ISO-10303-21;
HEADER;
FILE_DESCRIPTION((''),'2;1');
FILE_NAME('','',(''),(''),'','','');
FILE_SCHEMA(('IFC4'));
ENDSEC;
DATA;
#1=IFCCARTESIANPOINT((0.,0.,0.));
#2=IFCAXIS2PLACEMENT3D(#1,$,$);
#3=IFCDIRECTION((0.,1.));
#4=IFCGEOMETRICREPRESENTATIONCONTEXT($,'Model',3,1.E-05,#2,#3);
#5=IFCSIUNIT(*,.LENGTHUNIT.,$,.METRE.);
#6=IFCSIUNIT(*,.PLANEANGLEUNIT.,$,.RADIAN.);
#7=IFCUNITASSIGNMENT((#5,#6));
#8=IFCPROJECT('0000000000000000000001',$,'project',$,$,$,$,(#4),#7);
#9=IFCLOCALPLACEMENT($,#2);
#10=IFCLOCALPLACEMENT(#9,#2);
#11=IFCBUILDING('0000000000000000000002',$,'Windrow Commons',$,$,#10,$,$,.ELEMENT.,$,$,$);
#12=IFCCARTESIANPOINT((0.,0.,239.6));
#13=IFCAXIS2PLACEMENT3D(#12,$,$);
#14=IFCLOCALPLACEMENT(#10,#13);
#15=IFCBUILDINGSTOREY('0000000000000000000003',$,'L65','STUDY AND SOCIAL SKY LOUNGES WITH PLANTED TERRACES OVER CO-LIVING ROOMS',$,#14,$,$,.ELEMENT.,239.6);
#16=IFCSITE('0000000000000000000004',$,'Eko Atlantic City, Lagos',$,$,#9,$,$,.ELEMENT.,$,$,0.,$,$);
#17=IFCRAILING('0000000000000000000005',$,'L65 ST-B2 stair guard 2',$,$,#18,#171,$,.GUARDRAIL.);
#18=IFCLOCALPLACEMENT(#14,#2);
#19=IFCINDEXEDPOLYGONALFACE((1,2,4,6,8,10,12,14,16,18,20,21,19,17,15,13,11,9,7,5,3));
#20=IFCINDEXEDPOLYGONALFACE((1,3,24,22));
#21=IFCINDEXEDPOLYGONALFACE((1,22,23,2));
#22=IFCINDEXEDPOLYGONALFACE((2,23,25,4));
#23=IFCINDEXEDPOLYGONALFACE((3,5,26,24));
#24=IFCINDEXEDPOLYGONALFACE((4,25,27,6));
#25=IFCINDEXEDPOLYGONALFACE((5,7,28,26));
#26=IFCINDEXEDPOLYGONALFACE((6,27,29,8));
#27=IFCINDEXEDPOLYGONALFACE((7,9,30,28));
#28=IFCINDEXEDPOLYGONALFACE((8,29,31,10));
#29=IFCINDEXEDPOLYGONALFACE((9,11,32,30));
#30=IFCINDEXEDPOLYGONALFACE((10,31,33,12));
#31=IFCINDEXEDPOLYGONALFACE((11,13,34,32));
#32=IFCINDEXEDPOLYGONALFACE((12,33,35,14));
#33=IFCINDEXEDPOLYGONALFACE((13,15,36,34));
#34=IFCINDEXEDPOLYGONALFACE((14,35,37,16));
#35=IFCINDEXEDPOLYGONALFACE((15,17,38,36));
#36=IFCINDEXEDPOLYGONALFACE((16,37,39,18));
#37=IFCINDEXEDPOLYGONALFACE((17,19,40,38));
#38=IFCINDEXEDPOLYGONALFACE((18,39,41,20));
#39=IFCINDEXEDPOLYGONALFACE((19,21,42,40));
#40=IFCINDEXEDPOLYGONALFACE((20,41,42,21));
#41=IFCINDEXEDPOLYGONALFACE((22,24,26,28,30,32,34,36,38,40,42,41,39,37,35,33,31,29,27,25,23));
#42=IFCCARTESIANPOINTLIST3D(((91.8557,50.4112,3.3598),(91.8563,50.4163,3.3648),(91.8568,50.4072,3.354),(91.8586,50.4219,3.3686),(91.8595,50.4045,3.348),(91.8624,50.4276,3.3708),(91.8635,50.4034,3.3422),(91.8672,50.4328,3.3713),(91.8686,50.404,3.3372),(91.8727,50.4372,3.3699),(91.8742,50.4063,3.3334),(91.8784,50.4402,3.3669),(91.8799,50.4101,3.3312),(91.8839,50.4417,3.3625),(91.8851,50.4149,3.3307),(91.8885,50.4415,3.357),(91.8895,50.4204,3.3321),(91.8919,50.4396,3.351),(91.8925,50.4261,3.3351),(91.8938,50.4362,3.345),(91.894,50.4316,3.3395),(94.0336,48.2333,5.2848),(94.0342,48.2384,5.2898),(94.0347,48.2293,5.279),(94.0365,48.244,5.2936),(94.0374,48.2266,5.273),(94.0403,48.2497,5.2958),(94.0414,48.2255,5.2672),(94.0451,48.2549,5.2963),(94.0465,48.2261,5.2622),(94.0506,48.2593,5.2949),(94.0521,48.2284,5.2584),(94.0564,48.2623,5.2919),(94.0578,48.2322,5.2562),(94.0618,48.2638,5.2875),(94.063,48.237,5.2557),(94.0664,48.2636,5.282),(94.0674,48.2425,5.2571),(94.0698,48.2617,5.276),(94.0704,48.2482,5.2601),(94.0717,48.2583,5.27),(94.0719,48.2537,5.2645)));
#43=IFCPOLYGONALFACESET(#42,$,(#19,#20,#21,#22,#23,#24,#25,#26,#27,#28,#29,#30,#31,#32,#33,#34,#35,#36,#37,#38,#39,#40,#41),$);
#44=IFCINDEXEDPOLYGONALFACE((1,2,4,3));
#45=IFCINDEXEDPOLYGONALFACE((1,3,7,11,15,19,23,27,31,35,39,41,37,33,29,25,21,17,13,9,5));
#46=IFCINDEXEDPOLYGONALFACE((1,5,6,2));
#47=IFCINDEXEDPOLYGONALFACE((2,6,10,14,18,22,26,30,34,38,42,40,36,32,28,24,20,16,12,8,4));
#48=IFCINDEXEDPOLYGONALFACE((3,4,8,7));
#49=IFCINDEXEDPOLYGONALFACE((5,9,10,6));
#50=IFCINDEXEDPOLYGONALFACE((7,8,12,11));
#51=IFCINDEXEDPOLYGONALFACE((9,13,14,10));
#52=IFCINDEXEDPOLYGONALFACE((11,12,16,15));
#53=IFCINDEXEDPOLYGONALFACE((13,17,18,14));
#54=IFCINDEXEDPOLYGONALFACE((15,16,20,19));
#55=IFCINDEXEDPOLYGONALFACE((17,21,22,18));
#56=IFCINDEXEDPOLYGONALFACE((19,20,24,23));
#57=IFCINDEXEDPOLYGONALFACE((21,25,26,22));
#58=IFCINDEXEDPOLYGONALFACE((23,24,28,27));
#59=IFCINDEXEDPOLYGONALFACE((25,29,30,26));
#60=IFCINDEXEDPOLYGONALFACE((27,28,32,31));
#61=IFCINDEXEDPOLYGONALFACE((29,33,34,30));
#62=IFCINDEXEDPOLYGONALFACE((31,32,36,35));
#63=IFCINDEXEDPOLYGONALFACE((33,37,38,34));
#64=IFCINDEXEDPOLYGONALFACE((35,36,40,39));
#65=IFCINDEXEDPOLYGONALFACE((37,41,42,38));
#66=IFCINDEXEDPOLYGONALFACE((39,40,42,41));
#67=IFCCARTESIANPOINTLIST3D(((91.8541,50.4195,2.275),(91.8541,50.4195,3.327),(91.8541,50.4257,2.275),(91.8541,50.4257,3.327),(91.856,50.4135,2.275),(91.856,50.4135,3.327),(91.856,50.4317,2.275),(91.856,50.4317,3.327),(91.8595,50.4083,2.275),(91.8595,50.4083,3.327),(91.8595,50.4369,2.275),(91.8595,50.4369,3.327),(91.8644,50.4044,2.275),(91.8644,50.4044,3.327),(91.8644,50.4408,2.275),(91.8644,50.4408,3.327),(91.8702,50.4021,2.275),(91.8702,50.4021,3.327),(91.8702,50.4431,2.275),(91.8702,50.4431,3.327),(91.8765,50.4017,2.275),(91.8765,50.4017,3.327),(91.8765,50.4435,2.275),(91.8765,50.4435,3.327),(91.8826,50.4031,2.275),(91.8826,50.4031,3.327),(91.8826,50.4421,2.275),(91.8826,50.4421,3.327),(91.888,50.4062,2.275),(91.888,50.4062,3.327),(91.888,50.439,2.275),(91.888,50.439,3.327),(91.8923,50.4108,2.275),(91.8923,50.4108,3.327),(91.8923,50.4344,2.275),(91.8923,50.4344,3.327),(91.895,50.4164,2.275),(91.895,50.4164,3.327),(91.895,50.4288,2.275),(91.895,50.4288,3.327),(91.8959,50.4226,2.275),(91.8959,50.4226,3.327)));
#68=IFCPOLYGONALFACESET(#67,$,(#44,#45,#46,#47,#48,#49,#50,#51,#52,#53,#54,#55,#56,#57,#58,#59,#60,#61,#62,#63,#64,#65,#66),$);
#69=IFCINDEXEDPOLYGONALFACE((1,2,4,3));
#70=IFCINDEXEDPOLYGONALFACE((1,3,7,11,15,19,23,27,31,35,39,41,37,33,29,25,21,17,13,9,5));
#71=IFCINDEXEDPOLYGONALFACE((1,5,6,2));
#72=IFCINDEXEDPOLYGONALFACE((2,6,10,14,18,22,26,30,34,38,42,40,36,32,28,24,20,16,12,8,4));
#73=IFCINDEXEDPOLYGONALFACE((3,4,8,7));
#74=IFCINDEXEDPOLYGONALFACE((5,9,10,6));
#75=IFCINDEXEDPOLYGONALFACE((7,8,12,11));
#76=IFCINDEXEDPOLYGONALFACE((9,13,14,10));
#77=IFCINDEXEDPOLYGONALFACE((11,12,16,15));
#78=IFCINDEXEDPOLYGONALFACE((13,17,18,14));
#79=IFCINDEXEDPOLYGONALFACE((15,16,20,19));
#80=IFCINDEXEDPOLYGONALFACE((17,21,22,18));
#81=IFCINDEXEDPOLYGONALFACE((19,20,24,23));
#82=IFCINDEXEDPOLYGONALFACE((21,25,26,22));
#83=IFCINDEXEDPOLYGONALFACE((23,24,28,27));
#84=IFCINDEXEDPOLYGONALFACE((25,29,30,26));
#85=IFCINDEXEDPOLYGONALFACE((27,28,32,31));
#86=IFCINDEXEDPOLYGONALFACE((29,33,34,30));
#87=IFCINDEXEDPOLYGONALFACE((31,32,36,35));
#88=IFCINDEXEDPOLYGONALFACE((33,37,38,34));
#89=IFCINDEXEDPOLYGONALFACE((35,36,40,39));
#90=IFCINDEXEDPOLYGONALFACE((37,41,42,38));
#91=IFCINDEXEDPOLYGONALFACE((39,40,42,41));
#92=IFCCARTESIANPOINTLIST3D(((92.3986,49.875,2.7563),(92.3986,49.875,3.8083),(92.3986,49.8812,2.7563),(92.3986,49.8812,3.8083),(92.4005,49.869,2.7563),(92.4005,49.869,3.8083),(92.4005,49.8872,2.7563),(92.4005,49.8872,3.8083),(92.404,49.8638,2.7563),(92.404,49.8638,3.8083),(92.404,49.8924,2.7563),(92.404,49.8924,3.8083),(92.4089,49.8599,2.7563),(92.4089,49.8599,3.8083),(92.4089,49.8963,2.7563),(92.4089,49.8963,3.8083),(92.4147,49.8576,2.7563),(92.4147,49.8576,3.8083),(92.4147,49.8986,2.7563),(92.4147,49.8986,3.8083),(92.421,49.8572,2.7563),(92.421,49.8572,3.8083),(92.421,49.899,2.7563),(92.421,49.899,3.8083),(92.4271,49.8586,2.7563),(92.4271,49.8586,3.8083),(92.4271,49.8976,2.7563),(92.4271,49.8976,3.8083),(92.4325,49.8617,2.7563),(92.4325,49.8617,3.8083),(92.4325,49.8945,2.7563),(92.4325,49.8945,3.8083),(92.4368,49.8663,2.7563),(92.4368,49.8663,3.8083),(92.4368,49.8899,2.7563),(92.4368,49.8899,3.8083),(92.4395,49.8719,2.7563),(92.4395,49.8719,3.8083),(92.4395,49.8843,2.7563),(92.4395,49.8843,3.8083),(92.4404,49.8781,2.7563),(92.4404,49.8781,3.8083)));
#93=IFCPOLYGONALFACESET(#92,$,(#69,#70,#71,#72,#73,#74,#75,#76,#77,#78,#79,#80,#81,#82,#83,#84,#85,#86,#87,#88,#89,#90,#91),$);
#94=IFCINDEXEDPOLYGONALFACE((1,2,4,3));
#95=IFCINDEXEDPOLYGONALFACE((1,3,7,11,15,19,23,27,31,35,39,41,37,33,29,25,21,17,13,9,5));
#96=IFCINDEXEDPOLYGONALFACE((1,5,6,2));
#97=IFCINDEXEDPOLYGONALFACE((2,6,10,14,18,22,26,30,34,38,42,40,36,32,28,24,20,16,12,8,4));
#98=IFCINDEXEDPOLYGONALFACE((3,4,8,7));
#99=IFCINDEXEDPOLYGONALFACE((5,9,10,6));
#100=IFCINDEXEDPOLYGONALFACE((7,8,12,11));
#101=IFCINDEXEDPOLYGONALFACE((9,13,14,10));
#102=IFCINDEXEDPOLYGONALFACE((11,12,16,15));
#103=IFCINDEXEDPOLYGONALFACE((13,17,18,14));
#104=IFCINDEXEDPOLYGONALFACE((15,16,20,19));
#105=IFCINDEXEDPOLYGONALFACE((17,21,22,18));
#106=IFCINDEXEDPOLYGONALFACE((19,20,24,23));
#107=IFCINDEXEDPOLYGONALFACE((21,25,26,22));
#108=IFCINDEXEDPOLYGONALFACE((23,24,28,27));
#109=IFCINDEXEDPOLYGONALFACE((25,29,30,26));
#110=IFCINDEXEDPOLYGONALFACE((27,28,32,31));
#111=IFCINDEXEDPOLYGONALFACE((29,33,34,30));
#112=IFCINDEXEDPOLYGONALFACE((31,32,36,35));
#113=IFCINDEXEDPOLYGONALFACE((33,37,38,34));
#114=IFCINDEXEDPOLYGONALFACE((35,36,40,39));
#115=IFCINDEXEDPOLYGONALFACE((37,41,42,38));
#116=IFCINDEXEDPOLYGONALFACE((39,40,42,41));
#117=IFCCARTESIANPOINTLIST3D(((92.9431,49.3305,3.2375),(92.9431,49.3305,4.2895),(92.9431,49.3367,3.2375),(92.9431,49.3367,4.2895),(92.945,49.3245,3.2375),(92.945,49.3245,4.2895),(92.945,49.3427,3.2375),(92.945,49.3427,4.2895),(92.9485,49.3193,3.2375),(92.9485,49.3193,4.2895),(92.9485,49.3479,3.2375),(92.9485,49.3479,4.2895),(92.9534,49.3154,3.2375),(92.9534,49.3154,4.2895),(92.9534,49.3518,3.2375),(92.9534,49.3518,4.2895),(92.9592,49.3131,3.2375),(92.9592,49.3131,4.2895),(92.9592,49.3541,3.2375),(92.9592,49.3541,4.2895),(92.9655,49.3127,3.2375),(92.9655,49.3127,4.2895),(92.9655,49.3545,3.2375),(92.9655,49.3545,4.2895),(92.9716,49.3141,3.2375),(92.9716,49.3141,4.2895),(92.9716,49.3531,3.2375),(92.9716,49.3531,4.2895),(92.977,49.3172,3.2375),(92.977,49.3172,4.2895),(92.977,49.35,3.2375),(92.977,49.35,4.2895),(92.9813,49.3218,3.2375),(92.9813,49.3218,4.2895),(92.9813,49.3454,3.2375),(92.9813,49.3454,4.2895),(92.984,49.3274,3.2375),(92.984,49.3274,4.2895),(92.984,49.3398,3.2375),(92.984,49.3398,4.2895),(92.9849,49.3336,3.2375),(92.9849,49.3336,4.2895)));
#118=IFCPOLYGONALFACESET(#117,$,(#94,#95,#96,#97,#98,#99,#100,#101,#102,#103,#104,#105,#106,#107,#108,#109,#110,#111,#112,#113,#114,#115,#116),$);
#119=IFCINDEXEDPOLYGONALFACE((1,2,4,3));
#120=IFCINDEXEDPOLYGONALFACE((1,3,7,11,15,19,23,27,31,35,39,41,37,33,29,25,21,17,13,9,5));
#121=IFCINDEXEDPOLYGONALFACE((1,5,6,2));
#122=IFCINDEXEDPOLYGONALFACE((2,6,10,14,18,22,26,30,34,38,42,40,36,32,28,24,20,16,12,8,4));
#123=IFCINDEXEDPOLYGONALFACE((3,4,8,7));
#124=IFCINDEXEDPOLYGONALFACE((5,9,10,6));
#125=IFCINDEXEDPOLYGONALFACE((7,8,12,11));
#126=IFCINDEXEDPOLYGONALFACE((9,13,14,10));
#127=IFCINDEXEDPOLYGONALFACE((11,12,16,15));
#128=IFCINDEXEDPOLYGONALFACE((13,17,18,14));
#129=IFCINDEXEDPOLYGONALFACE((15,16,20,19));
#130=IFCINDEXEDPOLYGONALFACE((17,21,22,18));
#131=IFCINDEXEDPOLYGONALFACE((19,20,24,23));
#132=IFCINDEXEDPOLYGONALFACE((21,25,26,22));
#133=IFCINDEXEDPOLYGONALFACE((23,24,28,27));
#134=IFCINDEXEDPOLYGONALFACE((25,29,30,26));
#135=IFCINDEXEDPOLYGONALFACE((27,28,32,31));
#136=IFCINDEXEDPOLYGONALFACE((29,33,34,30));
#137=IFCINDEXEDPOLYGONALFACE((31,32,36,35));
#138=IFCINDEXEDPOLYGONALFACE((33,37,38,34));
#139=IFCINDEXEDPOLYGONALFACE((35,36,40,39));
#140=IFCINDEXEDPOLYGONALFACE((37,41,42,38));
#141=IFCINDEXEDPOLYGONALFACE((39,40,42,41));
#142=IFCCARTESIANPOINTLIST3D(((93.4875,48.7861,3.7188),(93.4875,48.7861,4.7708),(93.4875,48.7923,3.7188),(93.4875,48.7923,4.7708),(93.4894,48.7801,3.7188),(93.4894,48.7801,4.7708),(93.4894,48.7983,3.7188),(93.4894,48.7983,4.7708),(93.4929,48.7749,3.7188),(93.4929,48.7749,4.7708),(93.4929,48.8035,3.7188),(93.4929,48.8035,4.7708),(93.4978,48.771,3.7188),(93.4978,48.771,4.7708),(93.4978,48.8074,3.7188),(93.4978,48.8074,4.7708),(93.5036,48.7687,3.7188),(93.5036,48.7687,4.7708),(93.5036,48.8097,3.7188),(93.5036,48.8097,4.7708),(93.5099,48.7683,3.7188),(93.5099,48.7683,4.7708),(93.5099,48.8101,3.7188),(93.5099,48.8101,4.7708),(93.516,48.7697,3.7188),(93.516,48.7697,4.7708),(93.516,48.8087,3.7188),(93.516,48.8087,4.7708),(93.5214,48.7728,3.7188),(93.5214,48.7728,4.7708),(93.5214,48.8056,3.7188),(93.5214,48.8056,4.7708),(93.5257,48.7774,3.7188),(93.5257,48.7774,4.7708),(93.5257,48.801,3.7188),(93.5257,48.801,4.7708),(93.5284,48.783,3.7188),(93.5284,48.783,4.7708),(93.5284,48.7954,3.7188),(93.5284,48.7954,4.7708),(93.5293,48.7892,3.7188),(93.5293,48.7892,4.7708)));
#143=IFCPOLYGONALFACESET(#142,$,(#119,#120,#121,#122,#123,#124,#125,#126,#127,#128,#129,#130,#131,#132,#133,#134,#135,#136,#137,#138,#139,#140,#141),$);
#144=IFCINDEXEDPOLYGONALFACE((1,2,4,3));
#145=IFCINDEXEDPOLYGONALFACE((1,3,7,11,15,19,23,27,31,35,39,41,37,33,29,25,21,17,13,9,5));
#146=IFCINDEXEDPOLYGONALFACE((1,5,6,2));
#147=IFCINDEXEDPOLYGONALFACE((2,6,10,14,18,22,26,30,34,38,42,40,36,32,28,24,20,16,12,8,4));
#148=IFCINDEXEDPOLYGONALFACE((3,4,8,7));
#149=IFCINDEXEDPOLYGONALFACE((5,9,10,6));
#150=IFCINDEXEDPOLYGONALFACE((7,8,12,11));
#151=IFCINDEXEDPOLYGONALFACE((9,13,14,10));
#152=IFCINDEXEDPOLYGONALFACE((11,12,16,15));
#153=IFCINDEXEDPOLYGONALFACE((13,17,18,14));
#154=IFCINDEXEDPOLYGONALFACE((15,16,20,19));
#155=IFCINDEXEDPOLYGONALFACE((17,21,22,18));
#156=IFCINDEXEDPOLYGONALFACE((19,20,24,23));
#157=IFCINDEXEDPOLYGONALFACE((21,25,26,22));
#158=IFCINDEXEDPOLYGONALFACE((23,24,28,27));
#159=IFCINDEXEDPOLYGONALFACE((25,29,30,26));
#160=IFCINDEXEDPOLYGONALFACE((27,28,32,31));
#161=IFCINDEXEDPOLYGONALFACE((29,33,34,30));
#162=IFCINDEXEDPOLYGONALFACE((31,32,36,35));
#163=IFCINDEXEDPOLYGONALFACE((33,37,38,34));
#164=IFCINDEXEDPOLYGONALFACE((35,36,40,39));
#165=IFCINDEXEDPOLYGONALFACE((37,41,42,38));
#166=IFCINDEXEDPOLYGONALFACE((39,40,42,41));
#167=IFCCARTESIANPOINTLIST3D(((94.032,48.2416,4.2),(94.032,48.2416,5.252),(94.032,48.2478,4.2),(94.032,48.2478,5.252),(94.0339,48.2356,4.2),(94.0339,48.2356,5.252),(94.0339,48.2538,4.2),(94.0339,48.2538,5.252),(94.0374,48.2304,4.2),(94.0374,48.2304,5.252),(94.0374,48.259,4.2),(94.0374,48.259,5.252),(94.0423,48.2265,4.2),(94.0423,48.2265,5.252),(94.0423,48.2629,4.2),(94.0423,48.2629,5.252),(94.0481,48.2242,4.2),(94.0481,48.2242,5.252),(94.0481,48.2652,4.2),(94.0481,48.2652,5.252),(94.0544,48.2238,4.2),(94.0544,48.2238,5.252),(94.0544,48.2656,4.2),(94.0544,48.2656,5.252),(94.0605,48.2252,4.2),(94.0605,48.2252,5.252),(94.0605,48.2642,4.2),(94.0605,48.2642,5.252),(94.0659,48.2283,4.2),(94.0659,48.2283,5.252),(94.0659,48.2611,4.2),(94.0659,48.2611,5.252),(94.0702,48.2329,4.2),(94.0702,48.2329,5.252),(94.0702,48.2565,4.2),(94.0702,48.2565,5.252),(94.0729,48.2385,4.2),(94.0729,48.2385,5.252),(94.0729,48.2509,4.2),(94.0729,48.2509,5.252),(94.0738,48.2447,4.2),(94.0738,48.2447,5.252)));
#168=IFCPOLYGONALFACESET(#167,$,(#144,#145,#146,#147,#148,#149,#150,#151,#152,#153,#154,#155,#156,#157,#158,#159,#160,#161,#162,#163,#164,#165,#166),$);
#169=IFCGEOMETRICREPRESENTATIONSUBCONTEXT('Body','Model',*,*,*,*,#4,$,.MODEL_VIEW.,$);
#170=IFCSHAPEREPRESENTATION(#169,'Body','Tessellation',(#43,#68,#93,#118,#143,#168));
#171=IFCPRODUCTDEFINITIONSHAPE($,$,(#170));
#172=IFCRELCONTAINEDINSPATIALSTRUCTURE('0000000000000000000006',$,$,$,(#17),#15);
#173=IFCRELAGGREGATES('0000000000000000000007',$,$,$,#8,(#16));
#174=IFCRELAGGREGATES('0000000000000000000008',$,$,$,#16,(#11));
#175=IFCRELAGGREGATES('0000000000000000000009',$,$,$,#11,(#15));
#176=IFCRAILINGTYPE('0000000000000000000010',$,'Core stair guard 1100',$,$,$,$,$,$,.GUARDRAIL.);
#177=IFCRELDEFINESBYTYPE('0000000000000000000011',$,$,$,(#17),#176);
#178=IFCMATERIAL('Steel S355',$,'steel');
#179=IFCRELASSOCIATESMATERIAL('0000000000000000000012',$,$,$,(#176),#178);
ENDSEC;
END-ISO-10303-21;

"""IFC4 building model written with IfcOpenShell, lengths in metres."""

from ifc_helpers import new_model, si_unit, direction, frame, origin, origin_2d, place, context, subcontext, project, spatial, circle, extrude, material, type_object, element, save


model = new_model("IFC4")

# Units and contexts
model_context = context("Model", 3, precision=1e-05, world=origin(), true_north=direction((0.0, 1.0)))
body_context = subcontext(model_context, "Body", "Model", "MODEL_VIEW")
ifc_project = project(units=[si_unit("LENGTHUNIT", "METRE"), si_unit("PLANEANGLEUNIT", "RADIAN")], contexts=[model_context])

# Site, building, storey
site_placement = place(None, origin())
site = spatial("IfcSite", under=ifc_project, at=site_placement, Name="Eko Atlantic City, Lagos", CompositionType="ELEMENT", RefElevation=0.0)
building_placement = place(site_placement, origin())
building = spatial("IfcBuilding", under=site, at=building_placement, Name="Windrow Commons", CompositionType="ELEMENT")
storey_placement = place(building_placement, frame((0.0, 0.0, 239.6)))
storey = spatial("IfcBuildingStorey", under=building, at=storey_placement, Name="L65", Description="STUDY AND SOCIAL SKY LOUNGES WITH PLANTED TERRACES OVER CO-LIVING ROOMS", CompositionType="ELEMENT", Elevation=239.6)

# Railing
ifc_material_1 = material(Name="Steel S355", Category="steel")
railing_type_1 = type_object("IfcRailingType", Name="Core stair guard 1100", PredefinedType="GUARDRAIL", material=ifc_material_1)
railing_1_placement = place(storey_placement, frame((91.8749, 50.4226, 2.275)))
element("IfcRailing", 1, at=railing_1_placement, inside=storey, type_object=railing_type_1, Name="L65 ST-B2 stair guard 2", PredefinedType="GUARDRAIL", context=body_context, shape_type="SweptSolid", body=[
    extrude(circle(Radius=0.024, at=origin_2d()), frame((0.0, 0.0, 1.076), z_axis=(0.599626, -0.599626, 0.529997), x_axis=(0.707107, 0.707107, 0.0)), (0.0, 0.0, 1.0), 3.6321),
    extrude(circle(Radius=0.021, at=origin_2d()), origin(), (0.0, 0.0, 1.0), 1.052),
    extrude(circle(Radius=0.021, at=origin_2d()), frame((0.5445, -0.5445, 0.4813)), (0.0, 0.0, 1.0), 1.052),
    extrude(circle(Radius=0.021, at=origin_2d()), frame((1.089, -1.089, 0.9625)), (0.0, 0.0, 1.0), 1.052),
    extrude(circle(Radius=0.021, at=origin_2d()), frame((1.6334, -1.6334, 1.4438)), (0.0, 0.0, 1.0), 1.052),
    extrude(circle(Radius=0.021, at=origin_2d()), frame((2.1779, -2.1779, 1.925)), (0.0, 0.0, 1.0), 1.052),
])

save(model, "model.ifc")
